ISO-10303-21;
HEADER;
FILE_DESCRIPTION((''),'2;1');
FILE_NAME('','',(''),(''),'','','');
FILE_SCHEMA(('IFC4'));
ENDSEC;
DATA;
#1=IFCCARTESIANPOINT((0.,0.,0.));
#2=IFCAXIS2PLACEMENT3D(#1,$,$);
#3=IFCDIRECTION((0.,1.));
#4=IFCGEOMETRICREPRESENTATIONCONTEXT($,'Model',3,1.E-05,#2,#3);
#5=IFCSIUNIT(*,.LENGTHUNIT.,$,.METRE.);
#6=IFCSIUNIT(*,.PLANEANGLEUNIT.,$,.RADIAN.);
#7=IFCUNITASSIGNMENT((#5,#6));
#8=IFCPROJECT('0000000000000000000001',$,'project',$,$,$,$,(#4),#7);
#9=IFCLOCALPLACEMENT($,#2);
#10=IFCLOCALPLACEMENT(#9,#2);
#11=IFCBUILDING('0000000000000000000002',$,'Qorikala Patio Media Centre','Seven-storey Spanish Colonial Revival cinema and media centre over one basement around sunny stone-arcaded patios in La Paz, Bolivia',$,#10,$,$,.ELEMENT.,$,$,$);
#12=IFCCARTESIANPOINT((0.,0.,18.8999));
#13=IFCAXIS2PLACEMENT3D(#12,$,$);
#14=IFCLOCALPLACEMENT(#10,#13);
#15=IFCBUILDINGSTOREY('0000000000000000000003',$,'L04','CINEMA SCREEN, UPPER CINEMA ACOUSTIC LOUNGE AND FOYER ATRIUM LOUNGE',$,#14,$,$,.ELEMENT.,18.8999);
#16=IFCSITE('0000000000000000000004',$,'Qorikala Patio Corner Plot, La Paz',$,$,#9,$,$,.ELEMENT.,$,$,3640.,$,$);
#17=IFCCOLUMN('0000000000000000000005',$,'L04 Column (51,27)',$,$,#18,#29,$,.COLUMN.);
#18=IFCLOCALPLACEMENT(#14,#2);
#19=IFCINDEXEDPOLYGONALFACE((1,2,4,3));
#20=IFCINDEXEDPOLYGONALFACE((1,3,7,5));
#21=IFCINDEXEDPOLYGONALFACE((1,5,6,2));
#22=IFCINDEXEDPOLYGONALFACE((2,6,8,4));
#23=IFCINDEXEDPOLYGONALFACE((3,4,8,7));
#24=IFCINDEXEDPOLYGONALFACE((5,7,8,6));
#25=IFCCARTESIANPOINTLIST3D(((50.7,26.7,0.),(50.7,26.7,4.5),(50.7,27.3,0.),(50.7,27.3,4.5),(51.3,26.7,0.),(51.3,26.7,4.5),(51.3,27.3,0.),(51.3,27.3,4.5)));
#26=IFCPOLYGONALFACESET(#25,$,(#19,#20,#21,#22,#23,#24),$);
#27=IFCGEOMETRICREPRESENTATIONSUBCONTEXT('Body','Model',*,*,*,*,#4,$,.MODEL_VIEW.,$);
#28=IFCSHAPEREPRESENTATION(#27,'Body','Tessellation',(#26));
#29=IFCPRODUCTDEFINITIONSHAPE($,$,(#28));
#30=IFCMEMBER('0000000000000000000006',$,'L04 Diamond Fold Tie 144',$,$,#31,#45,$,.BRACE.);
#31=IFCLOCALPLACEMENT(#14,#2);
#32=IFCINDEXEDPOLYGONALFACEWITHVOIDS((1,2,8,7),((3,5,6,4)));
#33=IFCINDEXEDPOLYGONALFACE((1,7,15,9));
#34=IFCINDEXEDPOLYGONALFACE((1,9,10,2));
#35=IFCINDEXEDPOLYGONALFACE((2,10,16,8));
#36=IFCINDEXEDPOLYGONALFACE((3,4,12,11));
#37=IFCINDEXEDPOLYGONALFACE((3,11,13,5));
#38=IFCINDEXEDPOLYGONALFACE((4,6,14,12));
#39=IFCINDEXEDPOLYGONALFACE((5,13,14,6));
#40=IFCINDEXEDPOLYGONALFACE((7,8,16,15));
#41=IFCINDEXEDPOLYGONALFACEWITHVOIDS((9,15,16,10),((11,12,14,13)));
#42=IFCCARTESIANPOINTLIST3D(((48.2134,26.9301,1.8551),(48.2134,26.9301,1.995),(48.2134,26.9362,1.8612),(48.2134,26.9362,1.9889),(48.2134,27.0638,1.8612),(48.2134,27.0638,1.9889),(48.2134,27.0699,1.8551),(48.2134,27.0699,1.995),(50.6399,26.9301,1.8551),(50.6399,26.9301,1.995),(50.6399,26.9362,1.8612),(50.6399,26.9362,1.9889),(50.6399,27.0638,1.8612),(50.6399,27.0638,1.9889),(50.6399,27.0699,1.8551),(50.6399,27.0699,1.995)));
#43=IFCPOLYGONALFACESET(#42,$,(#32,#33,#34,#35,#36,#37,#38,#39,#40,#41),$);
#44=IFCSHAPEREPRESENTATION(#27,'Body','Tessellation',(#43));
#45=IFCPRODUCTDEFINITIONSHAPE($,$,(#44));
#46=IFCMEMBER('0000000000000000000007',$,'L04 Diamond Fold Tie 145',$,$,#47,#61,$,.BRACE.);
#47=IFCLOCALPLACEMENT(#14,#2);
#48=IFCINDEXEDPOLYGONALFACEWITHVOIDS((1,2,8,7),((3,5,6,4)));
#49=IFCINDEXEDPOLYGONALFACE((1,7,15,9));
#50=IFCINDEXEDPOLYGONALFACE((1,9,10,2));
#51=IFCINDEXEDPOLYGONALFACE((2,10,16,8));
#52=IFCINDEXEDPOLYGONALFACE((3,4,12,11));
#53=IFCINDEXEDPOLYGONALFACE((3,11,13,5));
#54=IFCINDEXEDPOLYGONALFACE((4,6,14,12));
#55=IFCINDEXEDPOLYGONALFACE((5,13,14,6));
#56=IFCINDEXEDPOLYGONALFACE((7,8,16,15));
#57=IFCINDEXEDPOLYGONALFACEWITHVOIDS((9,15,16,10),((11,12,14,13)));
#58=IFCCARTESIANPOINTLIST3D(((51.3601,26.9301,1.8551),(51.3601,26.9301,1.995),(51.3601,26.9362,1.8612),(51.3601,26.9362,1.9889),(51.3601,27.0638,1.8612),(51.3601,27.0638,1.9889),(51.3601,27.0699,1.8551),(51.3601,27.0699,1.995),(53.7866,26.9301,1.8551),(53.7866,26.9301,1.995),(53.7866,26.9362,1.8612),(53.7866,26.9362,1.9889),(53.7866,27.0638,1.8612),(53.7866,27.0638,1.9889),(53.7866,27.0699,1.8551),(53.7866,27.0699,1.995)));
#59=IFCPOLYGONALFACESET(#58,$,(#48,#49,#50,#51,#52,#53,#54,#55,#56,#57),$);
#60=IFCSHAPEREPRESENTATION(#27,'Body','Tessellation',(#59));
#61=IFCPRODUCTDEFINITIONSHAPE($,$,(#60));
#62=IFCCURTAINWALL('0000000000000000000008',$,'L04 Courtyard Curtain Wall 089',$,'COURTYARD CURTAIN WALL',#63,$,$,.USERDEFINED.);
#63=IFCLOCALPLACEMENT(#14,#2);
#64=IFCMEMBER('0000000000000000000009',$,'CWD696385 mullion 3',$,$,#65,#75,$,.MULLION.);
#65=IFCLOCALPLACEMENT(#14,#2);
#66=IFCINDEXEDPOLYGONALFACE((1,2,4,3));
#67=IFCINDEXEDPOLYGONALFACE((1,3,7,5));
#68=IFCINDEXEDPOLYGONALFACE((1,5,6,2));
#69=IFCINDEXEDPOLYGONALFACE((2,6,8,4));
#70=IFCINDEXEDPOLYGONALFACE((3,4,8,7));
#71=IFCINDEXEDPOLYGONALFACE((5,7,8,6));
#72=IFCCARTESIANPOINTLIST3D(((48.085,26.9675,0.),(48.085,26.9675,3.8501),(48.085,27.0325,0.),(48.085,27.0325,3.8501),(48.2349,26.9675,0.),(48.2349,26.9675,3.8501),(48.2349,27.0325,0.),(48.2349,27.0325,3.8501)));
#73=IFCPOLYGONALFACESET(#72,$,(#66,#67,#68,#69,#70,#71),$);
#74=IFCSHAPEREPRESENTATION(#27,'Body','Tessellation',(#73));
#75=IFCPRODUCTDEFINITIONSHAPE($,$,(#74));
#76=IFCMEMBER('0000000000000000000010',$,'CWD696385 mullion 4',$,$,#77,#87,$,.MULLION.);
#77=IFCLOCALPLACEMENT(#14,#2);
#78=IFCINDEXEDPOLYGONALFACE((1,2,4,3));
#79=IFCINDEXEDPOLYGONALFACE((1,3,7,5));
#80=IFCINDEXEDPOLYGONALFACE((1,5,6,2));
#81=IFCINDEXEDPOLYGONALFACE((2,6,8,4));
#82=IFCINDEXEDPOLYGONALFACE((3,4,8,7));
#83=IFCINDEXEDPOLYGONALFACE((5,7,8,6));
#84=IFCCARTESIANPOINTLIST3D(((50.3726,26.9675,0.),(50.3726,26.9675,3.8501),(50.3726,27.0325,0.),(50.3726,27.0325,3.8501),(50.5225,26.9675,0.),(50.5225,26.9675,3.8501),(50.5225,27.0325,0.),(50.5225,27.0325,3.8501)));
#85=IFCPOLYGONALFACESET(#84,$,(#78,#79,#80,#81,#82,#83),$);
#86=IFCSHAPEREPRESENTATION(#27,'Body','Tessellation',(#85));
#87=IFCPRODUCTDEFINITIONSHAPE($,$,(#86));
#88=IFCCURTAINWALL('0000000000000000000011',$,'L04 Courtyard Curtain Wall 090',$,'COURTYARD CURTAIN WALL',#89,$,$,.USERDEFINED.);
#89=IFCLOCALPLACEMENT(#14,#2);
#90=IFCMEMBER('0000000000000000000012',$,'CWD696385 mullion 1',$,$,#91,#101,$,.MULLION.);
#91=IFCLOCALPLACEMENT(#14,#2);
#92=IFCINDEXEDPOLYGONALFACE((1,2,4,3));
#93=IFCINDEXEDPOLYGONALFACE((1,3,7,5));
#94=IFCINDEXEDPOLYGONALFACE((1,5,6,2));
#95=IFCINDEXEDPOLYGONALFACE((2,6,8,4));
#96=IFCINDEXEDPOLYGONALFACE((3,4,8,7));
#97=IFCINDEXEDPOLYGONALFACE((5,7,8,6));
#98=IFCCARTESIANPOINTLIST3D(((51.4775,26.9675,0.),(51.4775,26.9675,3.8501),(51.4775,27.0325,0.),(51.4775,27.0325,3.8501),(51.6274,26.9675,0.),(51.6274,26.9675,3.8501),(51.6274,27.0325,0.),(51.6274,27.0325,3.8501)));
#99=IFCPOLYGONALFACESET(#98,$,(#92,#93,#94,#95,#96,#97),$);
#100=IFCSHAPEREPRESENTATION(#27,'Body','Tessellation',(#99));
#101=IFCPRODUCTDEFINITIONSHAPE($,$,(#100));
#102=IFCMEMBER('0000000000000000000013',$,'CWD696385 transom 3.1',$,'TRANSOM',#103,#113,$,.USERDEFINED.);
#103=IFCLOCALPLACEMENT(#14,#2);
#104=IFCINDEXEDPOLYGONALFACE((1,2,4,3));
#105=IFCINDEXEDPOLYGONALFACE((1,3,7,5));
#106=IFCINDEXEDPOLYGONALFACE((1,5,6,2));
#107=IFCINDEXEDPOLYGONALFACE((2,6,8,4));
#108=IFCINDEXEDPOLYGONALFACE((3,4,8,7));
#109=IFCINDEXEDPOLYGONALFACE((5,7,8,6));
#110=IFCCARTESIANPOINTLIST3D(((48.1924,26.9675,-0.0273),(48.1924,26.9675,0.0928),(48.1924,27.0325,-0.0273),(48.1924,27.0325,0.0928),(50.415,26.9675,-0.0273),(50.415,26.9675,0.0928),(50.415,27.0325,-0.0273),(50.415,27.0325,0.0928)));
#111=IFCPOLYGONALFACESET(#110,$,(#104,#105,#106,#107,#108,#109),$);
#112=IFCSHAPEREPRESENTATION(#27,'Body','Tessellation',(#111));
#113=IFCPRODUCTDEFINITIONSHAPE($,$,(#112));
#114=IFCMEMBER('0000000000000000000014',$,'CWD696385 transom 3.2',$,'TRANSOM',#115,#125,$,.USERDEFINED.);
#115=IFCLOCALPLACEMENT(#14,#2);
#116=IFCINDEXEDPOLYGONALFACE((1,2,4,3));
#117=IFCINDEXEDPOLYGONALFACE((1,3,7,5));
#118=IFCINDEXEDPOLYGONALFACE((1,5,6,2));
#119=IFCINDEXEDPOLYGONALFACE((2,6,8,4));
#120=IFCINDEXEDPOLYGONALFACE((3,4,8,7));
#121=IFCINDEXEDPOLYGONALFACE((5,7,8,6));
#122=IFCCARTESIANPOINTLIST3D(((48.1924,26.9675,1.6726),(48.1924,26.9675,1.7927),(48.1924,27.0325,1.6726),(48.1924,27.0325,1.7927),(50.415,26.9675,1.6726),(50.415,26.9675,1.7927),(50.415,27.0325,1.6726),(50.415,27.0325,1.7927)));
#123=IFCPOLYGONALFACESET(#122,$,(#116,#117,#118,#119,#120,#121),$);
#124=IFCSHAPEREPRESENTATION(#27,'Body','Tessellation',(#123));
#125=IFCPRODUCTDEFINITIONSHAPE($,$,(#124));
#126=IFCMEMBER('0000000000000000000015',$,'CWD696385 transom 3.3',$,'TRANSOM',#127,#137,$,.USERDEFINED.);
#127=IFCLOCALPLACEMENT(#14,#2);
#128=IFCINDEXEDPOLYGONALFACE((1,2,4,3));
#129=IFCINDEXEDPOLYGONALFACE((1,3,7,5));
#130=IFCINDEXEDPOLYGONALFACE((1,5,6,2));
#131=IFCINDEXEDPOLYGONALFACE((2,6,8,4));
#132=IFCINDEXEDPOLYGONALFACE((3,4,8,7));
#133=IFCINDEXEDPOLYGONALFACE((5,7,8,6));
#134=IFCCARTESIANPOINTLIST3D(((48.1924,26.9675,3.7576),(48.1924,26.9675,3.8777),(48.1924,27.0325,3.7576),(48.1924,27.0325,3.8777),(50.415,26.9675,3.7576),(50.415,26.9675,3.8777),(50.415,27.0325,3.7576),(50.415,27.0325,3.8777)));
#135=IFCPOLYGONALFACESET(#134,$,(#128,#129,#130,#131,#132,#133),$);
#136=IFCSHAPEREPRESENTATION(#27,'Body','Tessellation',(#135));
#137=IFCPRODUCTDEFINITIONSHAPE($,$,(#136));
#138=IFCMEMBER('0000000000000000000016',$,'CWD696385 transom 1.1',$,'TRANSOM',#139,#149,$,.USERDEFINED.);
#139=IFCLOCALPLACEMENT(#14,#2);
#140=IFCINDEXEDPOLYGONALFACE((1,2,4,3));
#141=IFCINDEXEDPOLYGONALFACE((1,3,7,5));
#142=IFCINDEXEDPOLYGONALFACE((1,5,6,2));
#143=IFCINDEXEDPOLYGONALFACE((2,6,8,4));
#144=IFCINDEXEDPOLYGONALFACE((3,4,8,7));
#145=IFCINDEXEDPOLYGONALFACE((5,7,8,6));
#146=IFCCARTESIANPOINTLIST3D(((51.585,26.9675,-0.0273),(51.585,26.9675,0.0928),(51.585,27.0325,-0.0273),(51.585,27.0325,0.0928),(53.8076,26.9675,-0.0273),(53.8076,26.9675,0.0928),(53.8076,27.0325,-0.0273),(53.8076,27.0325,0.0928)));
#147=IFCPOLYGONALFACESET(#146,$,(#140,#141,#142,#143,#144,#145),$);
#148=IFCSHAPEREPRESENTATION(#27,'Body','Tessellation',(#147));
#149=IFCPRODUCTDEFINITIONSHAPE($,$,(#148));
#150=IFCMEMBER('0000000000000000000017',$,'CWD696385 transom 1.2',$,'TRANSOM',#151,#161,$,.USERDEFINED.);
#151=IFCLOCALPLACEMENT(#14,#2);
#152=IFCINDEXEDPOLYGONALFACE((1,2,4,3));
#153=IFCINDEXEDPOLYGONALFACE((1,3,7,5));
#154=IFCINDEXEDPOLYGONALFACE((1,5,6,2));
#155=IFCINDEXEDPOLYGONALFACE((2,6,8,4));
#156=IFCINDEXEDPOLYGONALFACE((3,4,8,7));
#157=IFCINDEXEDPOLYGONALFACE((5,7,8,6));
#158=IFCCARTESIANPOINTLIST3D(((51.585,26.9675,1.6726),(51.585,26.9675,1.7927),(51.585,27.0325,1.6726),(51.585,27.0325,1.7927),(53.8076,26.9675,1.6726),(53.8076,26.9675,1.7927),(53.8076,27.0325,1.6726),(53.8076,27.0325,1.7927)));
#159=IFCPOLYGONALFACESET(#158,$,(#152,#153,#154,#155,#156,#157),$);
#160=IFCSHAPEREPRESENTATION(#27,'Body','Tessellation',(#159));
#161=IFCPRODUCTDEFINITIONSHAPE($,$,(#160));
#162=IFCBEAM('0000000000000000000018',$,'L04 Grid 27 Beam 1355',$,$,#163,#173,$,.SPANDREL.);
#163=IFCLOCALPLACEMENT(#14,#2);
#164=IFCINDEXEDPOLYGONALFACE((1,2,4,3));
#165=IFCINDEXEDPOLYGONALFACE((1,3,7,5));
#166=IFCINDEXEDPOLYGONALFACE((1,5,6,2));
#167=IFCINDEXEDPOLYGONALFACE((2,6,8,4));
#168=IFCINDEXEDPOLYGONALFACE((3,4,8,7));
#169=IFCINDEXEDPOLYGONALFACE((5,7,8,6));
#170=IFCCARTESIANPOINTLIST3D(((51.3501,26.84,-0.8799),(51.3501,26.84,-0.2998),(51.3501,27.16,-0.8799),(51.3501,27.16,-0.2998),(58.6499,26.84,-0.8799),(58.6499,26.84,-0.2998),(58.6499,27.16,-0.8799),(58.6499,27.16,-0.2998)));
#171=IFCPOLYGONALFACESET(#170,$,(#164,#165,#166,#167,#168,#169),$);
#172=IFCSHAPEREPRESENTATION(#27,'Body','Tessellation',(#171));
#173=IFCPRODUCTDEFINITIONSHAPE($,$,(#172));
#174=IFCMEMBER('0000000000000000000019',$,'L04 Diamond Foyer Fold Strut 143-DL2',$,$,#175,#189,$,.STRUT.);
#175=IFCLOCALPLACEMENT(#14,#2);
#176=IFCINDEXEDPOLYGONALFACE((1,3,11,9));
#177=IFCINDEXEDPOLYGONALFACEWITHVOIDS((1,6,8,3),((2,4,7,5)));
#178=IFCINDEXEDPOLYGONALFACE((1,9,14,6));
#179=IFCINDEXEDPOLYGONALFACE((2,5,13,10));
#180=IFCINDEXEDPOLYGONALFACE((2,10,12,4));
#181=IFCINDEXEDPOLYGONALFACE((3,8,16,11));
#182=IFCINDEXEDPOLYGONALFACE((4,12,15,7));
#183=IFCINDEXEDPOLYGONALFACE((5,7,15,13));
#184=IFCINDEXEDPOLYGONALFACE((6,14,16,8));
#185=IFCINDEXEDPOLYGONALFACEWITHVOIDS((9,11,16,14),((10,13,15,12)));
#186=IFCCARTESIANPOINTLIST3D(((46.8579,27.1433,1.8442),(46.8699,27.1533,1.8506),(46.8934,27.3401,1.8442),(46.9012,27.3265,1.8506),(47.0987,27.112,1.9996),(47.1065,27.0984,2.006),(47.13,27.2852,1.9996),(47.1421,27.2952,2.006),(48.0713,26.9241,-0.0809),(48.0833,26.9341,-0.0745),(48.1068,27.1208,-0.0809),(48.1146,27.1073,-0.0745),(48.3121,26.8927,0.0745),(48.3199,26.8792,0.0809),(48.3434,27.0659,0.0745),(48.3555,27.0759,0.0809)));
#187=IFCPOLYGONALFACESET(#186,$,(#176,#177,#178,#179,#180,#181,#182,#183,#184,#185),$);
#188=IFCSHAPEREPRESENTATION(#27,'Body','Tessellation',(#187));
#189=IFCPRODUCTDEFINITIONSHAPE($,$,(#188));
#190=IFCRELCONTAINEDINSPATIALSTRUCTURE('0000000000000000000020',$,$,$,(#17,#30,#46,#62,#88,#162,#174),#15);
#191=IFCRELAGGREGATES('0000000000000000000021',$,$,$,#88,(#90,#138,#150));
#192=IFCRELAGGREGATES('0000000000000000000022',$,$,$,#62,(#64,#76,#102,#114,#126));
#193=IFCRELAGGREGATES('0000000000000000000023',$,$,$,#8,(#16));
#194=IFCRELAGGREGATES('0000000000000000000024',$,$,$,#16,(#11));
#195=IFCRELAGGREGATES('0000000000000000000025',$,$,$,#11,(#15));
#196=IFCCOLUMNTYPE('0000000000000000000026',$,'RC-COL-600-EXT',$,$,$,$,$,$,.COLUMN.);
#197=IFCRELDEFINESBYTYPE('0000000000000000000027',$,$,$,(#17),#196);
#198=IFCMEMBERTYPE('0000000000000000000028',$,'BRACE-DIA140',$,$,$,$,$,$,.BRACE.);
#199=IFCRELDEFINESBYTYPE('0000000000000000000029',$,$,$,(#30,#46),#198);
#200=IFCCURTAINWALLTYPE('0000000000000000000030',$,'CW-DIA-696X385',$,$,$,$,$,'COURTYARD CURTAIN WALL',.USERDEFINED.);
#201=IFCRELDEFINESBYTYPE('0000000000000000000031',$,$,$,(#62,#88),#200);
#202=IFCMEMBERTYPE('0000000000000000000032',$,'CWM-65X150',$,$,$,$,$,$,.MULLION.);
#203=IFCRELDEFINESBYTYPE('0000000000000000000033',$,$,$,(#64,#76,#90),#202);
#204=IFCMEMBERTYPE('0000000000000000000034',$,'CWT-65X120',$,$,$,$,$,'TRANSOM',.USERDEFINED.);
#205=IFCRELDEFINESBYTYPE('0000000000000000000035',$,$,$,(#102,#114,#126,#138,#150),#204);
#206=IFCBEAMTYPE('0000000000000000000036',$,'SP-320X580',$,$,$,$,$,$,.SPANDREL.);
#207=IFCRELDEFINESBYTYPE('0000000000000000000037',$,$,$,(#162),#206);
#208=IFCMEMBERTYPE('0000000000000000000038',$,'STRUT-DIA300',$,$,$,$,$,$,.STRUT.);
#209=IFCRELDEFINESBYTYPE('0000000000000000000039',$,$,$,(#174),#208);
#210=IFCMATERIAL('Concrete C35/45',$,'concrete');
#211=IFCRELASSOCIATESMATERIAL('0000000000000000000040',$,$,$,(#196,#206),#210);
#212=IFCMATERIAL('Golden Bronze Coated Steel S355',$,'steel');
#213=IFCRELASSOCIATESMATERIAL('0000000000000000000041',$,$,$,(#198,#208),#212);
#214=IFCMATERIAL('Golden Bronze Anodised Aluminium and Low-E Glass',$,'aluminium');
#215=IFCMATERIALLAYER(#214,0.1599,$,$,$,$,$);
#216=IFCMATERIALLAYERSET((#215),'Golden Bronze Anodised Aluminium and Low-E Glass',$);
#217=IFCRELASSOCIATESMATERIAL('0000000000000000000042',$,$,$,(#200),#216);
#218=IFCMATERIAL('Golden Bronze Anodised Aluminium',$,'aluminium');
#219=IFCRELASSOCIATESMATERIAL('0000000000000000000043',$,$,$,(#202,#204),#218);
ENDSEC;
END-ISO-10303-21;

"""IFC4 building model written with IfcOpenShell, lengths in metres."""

from ifc_helpers import new_model, si_unit, direction, frame, origin, origin_2d, place, context, subcontext, project, spatial, rectangle, hollow_rectangle, extrude, material, layer, layer_set, material_profile, profile_set, type_object, element, aggregate, save


model = new_model("IFC4")

# Units and contexts
model_context = context("Model", 3, precision=1e-05, world=origin(), true_north=direction((0.0, 1.0)))
body_context = subcontext(model_context, "Body", "Model", "MODEL_VIEW")
ifc_project = project(units=[si_unit("LENGTHUNIT", "METRE"), si_unit("PLANEANGLEUNIT", "RADIAN")], contexts=[model_context])

# Site, building, storey
site_placement = place(None, origin())
site = spatial("IfcSite", under=ifc_project, at=site_placement, Name="Qorikala Patio Corner Plot, La Paz", CompositionType="ELEMENT", RefElevation=3640.0)
building_placement = place(site_placement, origin())
building = spatial("IfcBuilding", under=site, at=building_placement, Name="Qorikala Patio Media Centre", Description="Seven-storey Spanish Colonial Revival cinema and media centre over one basement around sunny stone-arcaded patios in La Paz, Bolivia", CompositionType="ELEMENT")
storey_placement = place(building_placement, frame((0.0, 0.0, 18.8999)))
storey = spatial("IfcBuildingStorey", under=building, at=storey_placement, Name="L04", Description="CINEMA SCREEN, UPPER CINEMA ACOUSTIC LOUNGE AND FOYER ATRIUM LOUNGE", CompositionType="ELEMENT", Elevation=18.8999)

# Column
ifc_material_1 = material(Name="Concrete C35/45", Category="concrete")
ifc_material_profile_1 = material_profile(ifc_material_1, rectangle(XDim=0.6001, YDim=0.6001, at=origin_2d()), Name="RC 600x600")
ifc_profile_set_1 = profile_set([ifc_material_profile_1], Name="Concrete C35/45")
column_type = type_object("IfcColumnType", Name="RC-COL-600-EXT", PredefinedType="COLUMN", material=ifc_profile_set_1)
column_placement = place(storey_placement, frame((51.0, 27.0, 0.0), z_axis=(0.0, 0.0, 1.0), x_axis=(1.0, 0.0, 0.0)))
element("IfcColumn", 1, at=column_placement, inside=storey, type_object=column_type, Name="L04 Column (51,27)", PredefinedType="COLUMN", context=body_context, shape_type="SweptSolid", body=[
    extrude(rectangle(XDim=0.6001, YDim=0.6001, at=origin_2d()), origin(), (0.0, 0.0, 1.0), 4.5),
])

# Members
ifc_material_2 = material(Name="Golden Bronze Coated Steel S355", Category="steel")
ifc_material_profile_2 = material_profile(ifc_material_2, hollow_rectangle(XDim=0.1399, YDim=0.1399, WallThickness=0.0061, at=origin_2d()), Name="HSS140X140X6")
ifc_profile_set_2 = profile_set([ifc_material_profile_2], Name="Golden Bronze Coated Steel S355")
member_type_1 = type_object("IfcMemberType", Name="BRACE-DIA140", PredefinedType="BRACE", material=ifc_profile_set_2)
for number, where, z_axis, x_axis, name in (
    (2, (48.2134, 27.0, 1.925), (1.0, 0.0, 0.0), (0.0, 1.0, 0.0), "L04 Diamond Fold Tie 144"),
    (3, (51.3601, 27.0, 1.925), (1.0, 0.0, 0.0), (0.0, 1.0, 0.0), "L04 Diamond Fold Tie 145"),
):
    element("IfcMember", number, at=place(storey_placement, frame(where, z_axis=z_axis, x_axis=x_axis)), inside=storey, type_object=member_type_1, Name=name, PredefinedType="BRACE", context=body_context, shape_type="SweptSolid", body=[
        extrude(hollow_rectangle(XDim=0.1399, YDim=0.1399, WallThickness=0.0061, at=origin_2d()), origin(), (0.0, 0.0, 1.0), 2.4265),
    ])

# Curtain wall, members
ifc_material_3 = material(Name="Golden Bronze Anodised Aluminium and Low-E Glass", Category="aluminium")
ifc_layer_1 = layer(ifc_material_3, 0.1599)
ifc_layer_set_1 = layer_set([ifc_layer_1], Name="Golden Bronze Anodised Aluminium and Low-E Glass")
curtain_wall_type = type_object("IfcCurtainWallType", Name="CW-DIA-696X385", ElementType="COURTYARD CURTAIN WALL", PredefinedType="USERDEFINED", material=ifc_layer_set_1)
curtain_wall_1_placement = place(storey_placement, origin())
curtain_wall_1 = element("IfcCurtainWall", 4, at=curtain_wall_1_placement, inside=storey, type_object=curtain_wall_type, Name="L04 Courtyard Curtain Wall 089", ObjectType="COURTYARD CURTAIN WALL", PredefinedType="USERDEFINED")
ifc_material_4 = material(Name="Golden Bronze Anodised Aluminium", Category="aluminium")
ifc_material_profile_3 = material_profile(ifc_material_4, rectangle(XDim=0.0649, YDim=0.1499, at=origin_2d()), Name="ALU MULLION 65x150")
ifc_profile_set_3 = profile_set([ifc_material_profile_3], Name="Golden Bronze Anodised Aluminium")
member_type_2 = type_object("IfcMemberType", Name="CWM-65X150", PredefinedType="MULLION", material=ifc_profile_set_3)
member_1_placement = place(storey_placement, frame((48.1599, 27.0, 0.0), z_axis=(0.0, 0.0, 1.0), x_axis=(0.0, 1.0, 0.0)))
member_1 = element("IfcMember", 5, at=member_1_placement, type_object=member_type_2, Name="CWD696385 mullion 3", PredefinedType="MULLION", context=body_context, shape_type="SweptSolid", body=[
    extrude(rectangle(XDim=0.0649, YDim=0.1499, at=origin_2d()), origin(), (0.0, 0.0, 1.0), 3.8501),
])
member_2_placement = place(storey_placement, frame((50.4475, 27.0, 0.0), z_axis=(0.0, 0.0, 1.0), x_axis=(0.0, 1.0, 0.0)))
member_2 = element("IfcMember", 6, at=member_2_placement, type_object=member_type_2, Name="CWD696385 mullion 4", PredefinedType="MULLION", context=body_context, shape_type="SweptSolid", body=[
    extrude(rectangle(XDim=0.0649, YDim=0.1499, at=origin_2d()), origin(), (0.0, 0.0, 1.0), 3.8501),
])

# Curtain wall, member
curtain_wall_2_placement = place(storey_placement, origin())
curtain_wall_2 = element("IfcCurtainWall", 7, at=curtain_wall_2_placement, inside=storey, type_object=curtain_wall_type, Name="L04 Courtyard Curtain Wall 090", ObjectType="COURTYARD CURTAIN WALL", PredefinedType="USERDEFINED")
member_3_placement = place(storey_placement, frame((51.5525, 27.0, 0.0), z_axis=(0.0, 0.0, 1.0), x_axis=(0.0, 1.0, 0.0)))
member_3 = element("IfcMember", 8, at=member_3_placement, type_object=member_type_2, Name="CWD696385 mullion 1", PredefinedType="MULLION", context=body_context, shape_type="SweptSolid", body=[
    extrude(rectangle(XDim=0.0649, YDim=0.1499, at=origin_2d()), origin(), (0.0, 0.0, 1.0), 3.8501),
])

# Members
ifc_material_profile_4 = material_profile(ifc_material_4, rectangle(XDim=0.0649, YDim=0.1201, at=origin_2d()), Name="ALU TRANSOM 65x120")
ifc_profile_set_4 = profile_set([ifc_material_profile_4], Name="Golden Bronze Anodised Aluminium")
member_type_3 = type_object("IfcMemberType", Name="CWT-65X120", ElementType="TRANSOM", PredefinedType="USERDEFINED", material=ifc_profile_set_4)
member_4_placement = place(storey_placement, frame((48.1924, 27.0, 0.0327), z_axis=(1.0, 0.0, 0.0), x_axis=(0.0, 1.0, 0.0)))
member_4 = element("IfcMember", 9, at=member_4_placement, type_object=member_type_3, Name="CWD696385 transom 3.1", ObjectType="TRANSOM", PredefinedType="USERDEFINED", context=body_context, shape_type="SweptSolid", body=[
    extrude(rectangle(XDim=0.0649, YDim=0.1201, at=origin_2d()), origin(), (0.0, 0.0, 1.0), 2.2227),
])
member_5_placement = place(storey_placement, frame((48.1924, 27.0, 1.7327), z_axis=(1.0, 0.0, 0.0), x_axis=(0.0, 1.0, 0.0)))
member_5 = element("IfcMember", 10, at=member_5_placement, type_object=member_type_3, Name="CWD696385 transom 3.2", ObjectType="TRANSOM", PredefinedType="USERDEFINED", context=body_context, shape_type="SweptSolid", body=[
    extrude(rectangle(XDim=0.0649, YDim=0.1201, at=origin_2d()), origin(), (0.0, 0.0, 1.0), 2.2227),
])
member_6_placement = place(storey_placement, frame((48.1924, 27.0, 3.8176), z_axis=(1.0, 0.0, 0.0), x_axis=(0.0, 1.0, 0.0)))
member_6 = element("IfcMember", 11, at=member_6_placement, type_object=member_type_3, Name="CWD696385 transom 3.3", ObjectType="TRANSOM", PredefinedType="USERDEFINED", context=body_context, shape_type="SweptSolid", body=[
    extrude(rectangle(XDim=0.0649, YDim=0.1201, at=origin_2d()), origin(), (0.0, 0.0, 1.0), 2.2227),
])
member_7_placement = place(storey_placement, frame((51.585, 27.0, 0.0327), z_axis=(1.0, 0.0, 0.0), x_axis=(0.0, 1.0, 0.0)))
member_7 = element("IfcMember", 12, at=member_7_placement, type_object=member_type_3, Name="CWD696385 transom 1.1", ObjectType="TRANSOM", PredefinedType="USERDEFINED", context=body_context, shape_type="SweptSolid", body=[
    extrude(rectangle(XDim=0.0649, YDim=0.1201, at=origin_2d()), origin(), (0.0, 0.0, 1.0), 2.2227),
])
member_8_placement = place(storey_placement, frame((51.585, 27.0, 1.7327), z_axis=(1.0, 0.0, 0.0), x_axis=(0.0, 1.0, 0.0)))
member_8 = element("IfcMember", 13, at=member_8_placement, type_object=member_type_3, Name="CWD696385 transom 1.2", ObjectType="TRANSOM", PredefinedType="USERDEFINED", context=body_context, shape_type="SweptSolid", body=[
    extrude(rectangle(XDim=0.0649, YDim=0.1201, at=origin_2d()), origin(), (0.0, 0.0, 1.0), 2.2227),
])
aggregate(curtain_wall_2, [member_3, member_7, member_8])

# Beam
ifc_material_profile_5 = material_profile(ifc_material_1, rectangle(XDim=0.3201, YDim=0.5801, at=origin_2d()), Name="RC 320x580")
ifc_profile_set_5 = profile_set([ifc_material_profile_5], Name="Concrete C35/45")
beam_type = type_object("IfcBeamType", Name="SP-320X580", PredefinedType="SPANDREL", material=ifc_profile_set_5)
beam_placement = place(storey_placement, frame((51.3501, 27.0, -0.5898), z_axis=(1.0, 0.0, 0.0), x_axis=(0.0, 1.0, 0.0)))
element("IfcBeam", 14, at=beam_placement, inside=storey, type_object=beam_type, Name="L04 Grid 27 Beam 1355", PredefinedType="SPANDREL", context=body_context, shape_type="SweptSolid", body=[
    extrude(rectangle(XDim=0.3201, YDim=0.5801, at=origin_2d()), origin(), (0.0, 0.0, 1.0), 7.2998),
])

# Member
ifc_material_profile_6 = material_profile(ifc_material_2, hollow_rectangle(XDim=0.2, YDim=0.3, WallThickness=0.012, at=origin_2d()), Name="HSS300X200X12")
ifc_profile_set_6 = profile_set([ifc_material_profile_6], Name="Golden Bronze Coated Steel S355")
member_type_4 = type_object("IfcMemberType", Name="STRUT-DIA300", PredefinedType="STRUT", material=ifc_profile_set_6)
for number, where, z_axis, x_axis, name in (
    (15, (48.2134, 27.0, 0.0), (-0.530768, 0.095901, 0.842074), (-0.177805, -0.984066, 0.0), "L04 Diamond Foyer Fold Strut 143-DL2"),
):
    element("IfcMember", number, at=place(storey_placement, frame(where, z_axis=z_axis, x_axis=x_axis)), inside=storey, type_object=member_type_4, Name=name, PredefinedType="STRUT", context=body_context, shape_type="SweptSolid", body=[
        extrude(hollow_rectangle(XDim=0.2, YDim=0.3, WallThickness=0.012, at=origin_2d()), origin(), (0.0, 0.0, 1.0), 2.2861),
    ])

aggregate(curtain_wall_1, [member_1, member_2, member_4, member_5, member_6])

save(model, "model.ifc")
